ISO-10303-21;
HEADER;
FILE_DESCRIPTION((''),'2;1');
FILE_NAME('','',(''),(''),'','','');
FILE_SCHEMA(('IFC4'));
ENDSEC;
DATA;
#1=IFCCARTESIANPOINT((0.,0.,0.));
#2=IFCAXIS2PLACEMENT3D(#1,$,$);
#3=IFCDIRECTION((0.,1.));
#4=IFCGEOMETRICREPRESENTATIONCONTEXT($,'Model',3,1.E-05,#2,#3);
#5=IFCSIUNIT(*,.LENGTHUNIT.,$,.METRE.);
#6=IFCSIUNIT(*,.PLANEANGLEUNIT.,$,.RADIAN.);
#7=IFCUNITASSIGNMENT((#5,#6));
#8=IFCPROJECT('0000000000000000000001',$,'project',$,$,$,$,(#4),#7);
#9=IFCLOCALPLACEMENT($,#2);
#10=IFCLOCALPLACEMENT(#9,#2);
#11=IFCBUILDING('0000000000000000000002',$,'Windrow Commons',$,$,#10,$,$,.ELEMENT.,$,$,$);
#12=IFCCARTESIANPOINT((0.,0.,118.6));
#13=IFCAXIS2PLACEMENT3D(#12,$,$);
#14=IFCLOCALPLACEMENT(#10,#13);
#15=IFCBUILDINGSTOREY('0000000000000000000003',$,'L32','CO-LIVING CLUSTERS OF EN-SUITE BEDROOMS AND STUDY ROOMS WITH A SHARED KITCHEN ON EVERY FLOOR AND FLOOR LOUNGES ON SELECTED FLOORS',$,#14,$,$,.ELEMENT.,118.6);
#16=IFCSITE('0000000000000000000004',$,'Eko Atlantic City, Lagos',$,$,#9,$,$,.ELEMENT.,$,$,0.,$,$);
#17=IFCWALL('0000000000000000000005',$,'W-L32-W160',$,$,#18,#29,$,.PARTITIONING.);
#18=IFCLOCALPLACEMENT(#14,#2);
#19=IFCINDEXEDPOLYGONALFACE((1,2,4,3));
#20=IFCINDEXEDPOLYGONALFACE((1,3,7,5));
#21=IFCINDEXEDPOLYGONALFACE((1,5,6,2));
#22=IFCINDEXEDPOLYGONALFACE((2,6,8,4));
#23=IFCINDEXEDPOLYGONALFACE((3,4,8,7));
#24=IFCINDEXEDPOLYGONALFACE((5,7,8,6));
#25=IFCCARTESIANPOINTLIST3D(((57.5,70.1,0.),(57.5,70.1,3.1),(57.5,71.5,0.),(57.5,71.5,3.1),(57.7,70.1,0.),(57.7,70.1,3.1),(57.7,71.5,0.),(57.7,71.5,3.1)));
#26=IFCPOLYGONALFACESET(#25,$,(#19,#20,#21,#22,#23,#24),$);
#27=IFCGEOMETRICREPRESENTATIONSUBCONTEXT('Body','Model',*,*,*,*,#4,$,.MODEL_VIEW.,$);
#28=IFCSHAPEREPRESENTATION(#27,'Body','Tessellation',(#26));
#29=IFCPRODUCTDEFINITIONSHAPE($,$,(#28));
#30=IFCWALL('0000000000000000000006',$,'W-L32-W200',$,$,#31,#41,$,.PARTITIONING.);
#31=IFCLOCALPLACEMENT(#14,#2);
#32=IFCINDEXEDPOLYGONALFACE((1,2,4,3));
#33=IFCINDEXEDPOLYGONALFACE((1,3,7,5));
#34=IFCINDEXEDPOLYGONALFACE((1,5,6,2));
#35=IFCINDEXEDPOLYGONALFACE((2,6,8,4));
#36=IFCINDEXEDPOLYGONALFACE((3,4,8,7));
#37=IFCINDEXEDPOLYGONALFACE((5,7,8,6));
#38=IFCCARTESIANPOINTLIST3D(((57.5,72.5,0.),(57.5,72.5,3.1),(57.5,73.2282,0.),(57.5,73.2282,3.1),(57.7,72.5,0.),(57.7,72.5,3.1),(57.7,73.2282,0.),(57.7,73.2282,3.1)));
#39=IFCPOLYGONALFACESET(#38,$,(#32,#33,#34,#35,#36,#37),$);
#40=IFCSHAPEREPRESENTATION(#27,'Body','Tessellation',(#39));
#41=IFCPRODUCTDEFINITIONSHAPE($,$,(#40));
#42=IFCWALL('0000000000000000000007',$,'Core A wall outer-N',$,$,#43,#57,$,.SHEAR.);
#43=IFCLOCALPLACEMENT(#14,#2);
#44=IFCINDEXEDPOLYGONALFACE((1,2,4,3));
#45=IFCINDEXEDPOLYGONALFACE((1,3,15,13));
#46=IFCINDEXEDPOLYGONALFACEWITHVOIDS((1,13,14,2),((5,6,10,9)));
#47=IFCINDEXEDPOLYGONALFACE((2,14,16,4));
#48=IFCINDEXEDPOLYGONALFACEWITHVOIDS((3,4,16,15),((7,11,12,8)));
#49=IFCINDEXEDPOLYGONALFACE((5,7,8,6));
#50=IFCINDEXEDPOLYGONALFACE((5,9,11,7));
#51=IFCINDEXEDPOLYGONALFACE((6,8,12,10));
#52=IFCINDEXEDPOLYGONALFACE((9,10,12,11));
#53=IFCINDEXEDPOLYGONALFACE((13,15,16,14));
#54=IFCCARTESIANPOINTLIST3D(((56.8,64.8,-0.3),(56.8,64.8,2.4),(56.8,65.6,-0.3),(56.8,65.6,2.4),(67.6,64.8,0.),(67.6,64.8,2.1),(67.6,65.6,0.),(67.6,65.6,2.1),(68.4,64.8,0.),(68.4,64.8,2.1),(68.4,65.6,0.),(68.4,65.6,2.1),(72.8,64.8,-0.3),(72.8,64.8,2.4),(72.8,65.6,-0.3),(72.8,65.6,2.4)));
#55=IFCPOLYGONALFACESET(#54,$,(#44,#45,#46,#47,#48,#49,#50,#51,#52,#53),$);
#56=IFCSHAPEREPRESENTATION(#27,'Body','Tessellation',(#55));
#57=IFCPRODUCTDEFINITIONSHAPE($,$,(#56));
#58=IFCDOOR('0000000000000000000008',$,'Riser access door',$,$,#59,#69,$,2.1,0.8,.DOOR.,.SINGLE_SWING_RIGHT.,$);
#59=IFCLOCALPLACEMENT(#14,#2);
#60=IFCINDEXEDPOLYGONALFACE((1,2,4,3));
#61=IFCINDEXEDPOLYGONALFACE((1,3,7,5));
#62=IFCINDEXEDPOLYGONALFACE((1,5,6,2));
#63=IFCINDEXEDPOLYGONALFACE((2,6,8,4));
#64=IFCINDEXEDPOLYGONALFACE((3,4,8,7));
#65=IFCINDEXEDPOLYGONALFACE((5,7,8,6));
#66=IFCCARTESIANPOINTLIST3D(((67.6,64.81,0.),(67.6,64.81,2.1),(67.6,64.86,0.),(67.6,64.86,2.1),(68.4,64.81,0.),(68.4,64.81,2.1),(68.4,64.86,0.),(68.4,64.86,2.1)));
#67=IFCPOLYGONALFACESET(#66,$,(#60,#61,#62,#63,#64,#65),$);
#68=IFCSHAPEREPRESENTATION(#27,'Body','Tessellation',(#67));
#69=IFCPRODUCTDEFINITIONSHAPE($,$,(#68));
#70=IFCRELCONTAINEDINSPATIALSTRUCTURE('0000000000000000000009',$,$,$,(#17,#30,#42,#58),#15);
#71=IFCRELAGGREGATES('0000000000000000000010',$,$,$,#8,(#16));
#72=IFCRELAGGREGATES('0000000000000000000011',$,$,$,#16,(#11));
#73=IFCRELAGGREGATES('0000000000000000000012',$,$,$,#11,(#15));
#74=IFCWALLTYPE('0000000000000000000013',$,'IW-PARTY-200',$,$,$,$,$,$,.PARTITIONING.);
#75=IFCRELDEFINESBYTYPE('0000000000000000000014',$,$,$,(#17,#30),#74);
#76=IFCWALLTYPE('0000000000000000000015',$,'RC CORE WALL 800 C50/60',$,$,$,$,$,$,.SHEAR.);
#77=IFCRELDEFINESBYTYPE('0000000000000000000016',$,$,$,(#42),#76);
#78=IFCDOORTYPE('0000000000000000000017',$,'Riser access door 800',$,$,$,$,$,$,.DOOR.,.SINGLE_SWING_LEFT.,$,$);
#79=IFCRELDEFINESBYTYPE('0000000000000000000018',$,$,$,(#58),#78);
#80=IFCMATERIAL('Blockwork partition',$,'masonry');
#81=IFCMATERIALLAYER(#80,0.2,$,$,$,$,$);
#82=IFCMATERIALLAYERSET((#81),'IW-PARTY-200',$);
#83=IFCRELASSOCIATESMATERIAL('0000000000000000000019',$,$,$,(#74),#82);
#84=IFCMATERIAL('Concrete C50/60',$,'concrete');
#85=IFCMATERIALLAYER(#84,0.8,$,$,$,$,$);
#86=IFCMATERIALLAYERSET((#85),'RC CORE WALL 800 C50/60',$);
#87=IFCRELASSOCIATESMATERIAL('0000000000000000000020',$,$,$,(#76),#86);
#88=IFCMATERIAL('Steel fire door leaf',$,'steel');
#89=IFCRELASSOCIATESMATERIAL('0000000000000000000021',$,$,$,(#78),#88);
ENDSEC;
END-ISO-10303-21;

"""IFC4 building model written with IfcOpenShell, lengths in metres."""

from ifc_helpers import new_model, si_unit, direction, frame, frame_2d, origin, place, context, subcontext, project, spatial, rectangle, extrude, material, layer, layer_set, type_object, element, fill, save


model = new_model("IFC4")

# Units and contexts
model_context = context("Model", 3, precision=1e-05, world=origin(), true_north=direction((0.0, 1.0)))
body_context = subcontext(model_context, "Body", "Model", "MODEL_VIEW")
ifc_project = project(units=[si_unit("LENGTHUNIT", "METRE"), si_unit("PLANEANGLEUNIT", "RADIAN")], contexts=[model_context])

# Site, building, storey
site_placement = place(None, origin())
site = spatial("IfcSite", under=ifc_project, at=site_placement, Name="Eko Atlantic City, Lagos", CompositionType="ELEMENT", RefElevation=0.0)
building_placement = place(site_placement, origin())
building = spatial("IfcBuilding", under=site, at=building_placement, Name="Windrow Commons", CompositionType="ELEMENT")
storey_placement = place(building_placement, frame((0.0, 0.0, 118.6)))
storey = spatial("IfcBuildingStorey", under=building, at=storey_placement, Name="L32", Description="CO-LIVING CLUSTERS OF EN-SUITE BEDROOMS AND STUDY ROOMS WITH A SHARED KITCHEN ON EVERY FLOOR AND FLOOR LOUNGES ON SELECTED FLOORS", CompositionType="ELEMENT", Elevation=118.6)

# Walls
ifc_material_1 = material(Name="Blockwork partition", Category="masonry")
ifc_layer_1 = layer(ifc_material_1, 0.2)
ifc_layer_set_1 = layer_set([ifc_layer_1], Name="IW-PARTY-200")
wall_type_1 = type_object("IfcWallType", Name="IW-PARTY-200", PredefinedType="PARTITIONING", material=ifc_layer_set_1)
wall_1_placement = place(storey_placement, frame((57.6, 70.1, 0.0), z_axis=(0.0, 0.0, 1.0), x_axis=(0.0, 1.0, 0.0)))
element("IfcWall", 1, at=wall_1_placement, inside=storey, type_object=wall_type_1, Name="W-L32-W160", PredefinedType="PARTITIONING", context=body_context, shape_type="SweptSolid", body=[
    extrude(rectangle(XDim=1.4, YDim=0.2, at=frame_2d((0.7, 0.0))), origin(), (0.0, 0.0, 1.0), 3.1),
])
wall_2_placement = place(storey_placement, frame((57.6, 72.5, 0.0), z_axis=(0.0, 0.0, 1.0), x_axis=(0.0, 1.0, 0.0)))
element("IfcWall", 2, at=wall_2_placement, inside=storey, type_object=wall_type_1, Name="W-L32-W200", PredefinedType="PARTITIONING", context=body_context, shape_type="SweptSolid", body=[
    extrude(rectangle(XDim=0.7282, YDim=0.2, at=frame_2d((0.3641, 0.0))), origin(), (0.0, 0.0, 1.0), 3.1),
])

# Wall, opening, door
ifc_material_2 = material(Name="Concrete C50/60", Category="concrete")
ifc_layer_2 = layer(ifc_material_2, 0.8)
ifc_layer_set_2 = layer_set([ifc_layer_2], Name="RC CORE WALL 800 C50/60")
wall_type_2 = type_object("IfcWallType", Name="RC CORE WALL 800 C50/60", PredefinedType="SHEAR", material=ifc_layer_set_2)
wall_3_placement = place(storey_placement, frame((56.8, 65.2, -0.3), z_axis=(0.0, 0.0, 1.0), x_axis=(1.0, 0.0, 0.0)))
wall_3 = element("IfcWall", 3, at=wall_3_placement, inside=storey, type_object=wall_type_2, Name="Core A wall outer-N", PredefinedType="SHEAR", context=body_context, shape_type="SweptSolid", body=[
    extrude(rectangle(XDim=16.0, YDim=0.8, at=frame_2d((8.0, 0.0))), origin(), (0.0, 0.0, 1.0), 2.7),
])
opening_1_placement = place(wall_3_placement, frame((10.8, 0.0, 0.3)))
opening_1 = element("IfcOpeningElement", 4, at=opening_1_placement, cuts=wall_3, PredefinedType="OPENING", context=body_context, shape_type="SweptSolid", body=[
    extrude(rectangle(XDim=0.8, YDim=2.1, at=frame_2d((0.4, 1.05))), frame((0.0, 0.41, 0.0), z_axis=(0.0, -1.0, 0.0), x_axis=(1.0, 0.0, 0.0)), (0.0, 0.0, 1.0), 0.82),
])
ifc_material_3 = material(Name="Steel fire door leaf", Category="steel")
door_type_1 = type_object("IfcDoorType", Name="Riser access door 800", OperationType="SINGLE_SWING_LEFT", PredefinedType="DOOR", material=ifc_material_3)
door_1_placement = place(opening_1_placement, origin())
door_1 = element("IfcDoor", 5, at=door_1_placement, inside=storey, type_object=door_type_1, Name="Riser access door", OperationType="SINGLE_SWING_RIGHT", OverallHeight=2.1, OverallWidth=0.8, PredefinedType="DOOR", context=body_context, shape_type="SweptSolid", body=[
    extrude(rectangle(XDim=0.8, YDim=2.1, at=frame_2d((0.4, 1.05))), frame((0.0, -0.34, 0.0), z_axis=(0.0, -1.0, 0.0), x_axis=(1.0, 0.0, 0.0)), (0.0, 0.0, 1.0), 0.05),
])
fill(opening_1, door_1)

save(model, "model.ifc")
